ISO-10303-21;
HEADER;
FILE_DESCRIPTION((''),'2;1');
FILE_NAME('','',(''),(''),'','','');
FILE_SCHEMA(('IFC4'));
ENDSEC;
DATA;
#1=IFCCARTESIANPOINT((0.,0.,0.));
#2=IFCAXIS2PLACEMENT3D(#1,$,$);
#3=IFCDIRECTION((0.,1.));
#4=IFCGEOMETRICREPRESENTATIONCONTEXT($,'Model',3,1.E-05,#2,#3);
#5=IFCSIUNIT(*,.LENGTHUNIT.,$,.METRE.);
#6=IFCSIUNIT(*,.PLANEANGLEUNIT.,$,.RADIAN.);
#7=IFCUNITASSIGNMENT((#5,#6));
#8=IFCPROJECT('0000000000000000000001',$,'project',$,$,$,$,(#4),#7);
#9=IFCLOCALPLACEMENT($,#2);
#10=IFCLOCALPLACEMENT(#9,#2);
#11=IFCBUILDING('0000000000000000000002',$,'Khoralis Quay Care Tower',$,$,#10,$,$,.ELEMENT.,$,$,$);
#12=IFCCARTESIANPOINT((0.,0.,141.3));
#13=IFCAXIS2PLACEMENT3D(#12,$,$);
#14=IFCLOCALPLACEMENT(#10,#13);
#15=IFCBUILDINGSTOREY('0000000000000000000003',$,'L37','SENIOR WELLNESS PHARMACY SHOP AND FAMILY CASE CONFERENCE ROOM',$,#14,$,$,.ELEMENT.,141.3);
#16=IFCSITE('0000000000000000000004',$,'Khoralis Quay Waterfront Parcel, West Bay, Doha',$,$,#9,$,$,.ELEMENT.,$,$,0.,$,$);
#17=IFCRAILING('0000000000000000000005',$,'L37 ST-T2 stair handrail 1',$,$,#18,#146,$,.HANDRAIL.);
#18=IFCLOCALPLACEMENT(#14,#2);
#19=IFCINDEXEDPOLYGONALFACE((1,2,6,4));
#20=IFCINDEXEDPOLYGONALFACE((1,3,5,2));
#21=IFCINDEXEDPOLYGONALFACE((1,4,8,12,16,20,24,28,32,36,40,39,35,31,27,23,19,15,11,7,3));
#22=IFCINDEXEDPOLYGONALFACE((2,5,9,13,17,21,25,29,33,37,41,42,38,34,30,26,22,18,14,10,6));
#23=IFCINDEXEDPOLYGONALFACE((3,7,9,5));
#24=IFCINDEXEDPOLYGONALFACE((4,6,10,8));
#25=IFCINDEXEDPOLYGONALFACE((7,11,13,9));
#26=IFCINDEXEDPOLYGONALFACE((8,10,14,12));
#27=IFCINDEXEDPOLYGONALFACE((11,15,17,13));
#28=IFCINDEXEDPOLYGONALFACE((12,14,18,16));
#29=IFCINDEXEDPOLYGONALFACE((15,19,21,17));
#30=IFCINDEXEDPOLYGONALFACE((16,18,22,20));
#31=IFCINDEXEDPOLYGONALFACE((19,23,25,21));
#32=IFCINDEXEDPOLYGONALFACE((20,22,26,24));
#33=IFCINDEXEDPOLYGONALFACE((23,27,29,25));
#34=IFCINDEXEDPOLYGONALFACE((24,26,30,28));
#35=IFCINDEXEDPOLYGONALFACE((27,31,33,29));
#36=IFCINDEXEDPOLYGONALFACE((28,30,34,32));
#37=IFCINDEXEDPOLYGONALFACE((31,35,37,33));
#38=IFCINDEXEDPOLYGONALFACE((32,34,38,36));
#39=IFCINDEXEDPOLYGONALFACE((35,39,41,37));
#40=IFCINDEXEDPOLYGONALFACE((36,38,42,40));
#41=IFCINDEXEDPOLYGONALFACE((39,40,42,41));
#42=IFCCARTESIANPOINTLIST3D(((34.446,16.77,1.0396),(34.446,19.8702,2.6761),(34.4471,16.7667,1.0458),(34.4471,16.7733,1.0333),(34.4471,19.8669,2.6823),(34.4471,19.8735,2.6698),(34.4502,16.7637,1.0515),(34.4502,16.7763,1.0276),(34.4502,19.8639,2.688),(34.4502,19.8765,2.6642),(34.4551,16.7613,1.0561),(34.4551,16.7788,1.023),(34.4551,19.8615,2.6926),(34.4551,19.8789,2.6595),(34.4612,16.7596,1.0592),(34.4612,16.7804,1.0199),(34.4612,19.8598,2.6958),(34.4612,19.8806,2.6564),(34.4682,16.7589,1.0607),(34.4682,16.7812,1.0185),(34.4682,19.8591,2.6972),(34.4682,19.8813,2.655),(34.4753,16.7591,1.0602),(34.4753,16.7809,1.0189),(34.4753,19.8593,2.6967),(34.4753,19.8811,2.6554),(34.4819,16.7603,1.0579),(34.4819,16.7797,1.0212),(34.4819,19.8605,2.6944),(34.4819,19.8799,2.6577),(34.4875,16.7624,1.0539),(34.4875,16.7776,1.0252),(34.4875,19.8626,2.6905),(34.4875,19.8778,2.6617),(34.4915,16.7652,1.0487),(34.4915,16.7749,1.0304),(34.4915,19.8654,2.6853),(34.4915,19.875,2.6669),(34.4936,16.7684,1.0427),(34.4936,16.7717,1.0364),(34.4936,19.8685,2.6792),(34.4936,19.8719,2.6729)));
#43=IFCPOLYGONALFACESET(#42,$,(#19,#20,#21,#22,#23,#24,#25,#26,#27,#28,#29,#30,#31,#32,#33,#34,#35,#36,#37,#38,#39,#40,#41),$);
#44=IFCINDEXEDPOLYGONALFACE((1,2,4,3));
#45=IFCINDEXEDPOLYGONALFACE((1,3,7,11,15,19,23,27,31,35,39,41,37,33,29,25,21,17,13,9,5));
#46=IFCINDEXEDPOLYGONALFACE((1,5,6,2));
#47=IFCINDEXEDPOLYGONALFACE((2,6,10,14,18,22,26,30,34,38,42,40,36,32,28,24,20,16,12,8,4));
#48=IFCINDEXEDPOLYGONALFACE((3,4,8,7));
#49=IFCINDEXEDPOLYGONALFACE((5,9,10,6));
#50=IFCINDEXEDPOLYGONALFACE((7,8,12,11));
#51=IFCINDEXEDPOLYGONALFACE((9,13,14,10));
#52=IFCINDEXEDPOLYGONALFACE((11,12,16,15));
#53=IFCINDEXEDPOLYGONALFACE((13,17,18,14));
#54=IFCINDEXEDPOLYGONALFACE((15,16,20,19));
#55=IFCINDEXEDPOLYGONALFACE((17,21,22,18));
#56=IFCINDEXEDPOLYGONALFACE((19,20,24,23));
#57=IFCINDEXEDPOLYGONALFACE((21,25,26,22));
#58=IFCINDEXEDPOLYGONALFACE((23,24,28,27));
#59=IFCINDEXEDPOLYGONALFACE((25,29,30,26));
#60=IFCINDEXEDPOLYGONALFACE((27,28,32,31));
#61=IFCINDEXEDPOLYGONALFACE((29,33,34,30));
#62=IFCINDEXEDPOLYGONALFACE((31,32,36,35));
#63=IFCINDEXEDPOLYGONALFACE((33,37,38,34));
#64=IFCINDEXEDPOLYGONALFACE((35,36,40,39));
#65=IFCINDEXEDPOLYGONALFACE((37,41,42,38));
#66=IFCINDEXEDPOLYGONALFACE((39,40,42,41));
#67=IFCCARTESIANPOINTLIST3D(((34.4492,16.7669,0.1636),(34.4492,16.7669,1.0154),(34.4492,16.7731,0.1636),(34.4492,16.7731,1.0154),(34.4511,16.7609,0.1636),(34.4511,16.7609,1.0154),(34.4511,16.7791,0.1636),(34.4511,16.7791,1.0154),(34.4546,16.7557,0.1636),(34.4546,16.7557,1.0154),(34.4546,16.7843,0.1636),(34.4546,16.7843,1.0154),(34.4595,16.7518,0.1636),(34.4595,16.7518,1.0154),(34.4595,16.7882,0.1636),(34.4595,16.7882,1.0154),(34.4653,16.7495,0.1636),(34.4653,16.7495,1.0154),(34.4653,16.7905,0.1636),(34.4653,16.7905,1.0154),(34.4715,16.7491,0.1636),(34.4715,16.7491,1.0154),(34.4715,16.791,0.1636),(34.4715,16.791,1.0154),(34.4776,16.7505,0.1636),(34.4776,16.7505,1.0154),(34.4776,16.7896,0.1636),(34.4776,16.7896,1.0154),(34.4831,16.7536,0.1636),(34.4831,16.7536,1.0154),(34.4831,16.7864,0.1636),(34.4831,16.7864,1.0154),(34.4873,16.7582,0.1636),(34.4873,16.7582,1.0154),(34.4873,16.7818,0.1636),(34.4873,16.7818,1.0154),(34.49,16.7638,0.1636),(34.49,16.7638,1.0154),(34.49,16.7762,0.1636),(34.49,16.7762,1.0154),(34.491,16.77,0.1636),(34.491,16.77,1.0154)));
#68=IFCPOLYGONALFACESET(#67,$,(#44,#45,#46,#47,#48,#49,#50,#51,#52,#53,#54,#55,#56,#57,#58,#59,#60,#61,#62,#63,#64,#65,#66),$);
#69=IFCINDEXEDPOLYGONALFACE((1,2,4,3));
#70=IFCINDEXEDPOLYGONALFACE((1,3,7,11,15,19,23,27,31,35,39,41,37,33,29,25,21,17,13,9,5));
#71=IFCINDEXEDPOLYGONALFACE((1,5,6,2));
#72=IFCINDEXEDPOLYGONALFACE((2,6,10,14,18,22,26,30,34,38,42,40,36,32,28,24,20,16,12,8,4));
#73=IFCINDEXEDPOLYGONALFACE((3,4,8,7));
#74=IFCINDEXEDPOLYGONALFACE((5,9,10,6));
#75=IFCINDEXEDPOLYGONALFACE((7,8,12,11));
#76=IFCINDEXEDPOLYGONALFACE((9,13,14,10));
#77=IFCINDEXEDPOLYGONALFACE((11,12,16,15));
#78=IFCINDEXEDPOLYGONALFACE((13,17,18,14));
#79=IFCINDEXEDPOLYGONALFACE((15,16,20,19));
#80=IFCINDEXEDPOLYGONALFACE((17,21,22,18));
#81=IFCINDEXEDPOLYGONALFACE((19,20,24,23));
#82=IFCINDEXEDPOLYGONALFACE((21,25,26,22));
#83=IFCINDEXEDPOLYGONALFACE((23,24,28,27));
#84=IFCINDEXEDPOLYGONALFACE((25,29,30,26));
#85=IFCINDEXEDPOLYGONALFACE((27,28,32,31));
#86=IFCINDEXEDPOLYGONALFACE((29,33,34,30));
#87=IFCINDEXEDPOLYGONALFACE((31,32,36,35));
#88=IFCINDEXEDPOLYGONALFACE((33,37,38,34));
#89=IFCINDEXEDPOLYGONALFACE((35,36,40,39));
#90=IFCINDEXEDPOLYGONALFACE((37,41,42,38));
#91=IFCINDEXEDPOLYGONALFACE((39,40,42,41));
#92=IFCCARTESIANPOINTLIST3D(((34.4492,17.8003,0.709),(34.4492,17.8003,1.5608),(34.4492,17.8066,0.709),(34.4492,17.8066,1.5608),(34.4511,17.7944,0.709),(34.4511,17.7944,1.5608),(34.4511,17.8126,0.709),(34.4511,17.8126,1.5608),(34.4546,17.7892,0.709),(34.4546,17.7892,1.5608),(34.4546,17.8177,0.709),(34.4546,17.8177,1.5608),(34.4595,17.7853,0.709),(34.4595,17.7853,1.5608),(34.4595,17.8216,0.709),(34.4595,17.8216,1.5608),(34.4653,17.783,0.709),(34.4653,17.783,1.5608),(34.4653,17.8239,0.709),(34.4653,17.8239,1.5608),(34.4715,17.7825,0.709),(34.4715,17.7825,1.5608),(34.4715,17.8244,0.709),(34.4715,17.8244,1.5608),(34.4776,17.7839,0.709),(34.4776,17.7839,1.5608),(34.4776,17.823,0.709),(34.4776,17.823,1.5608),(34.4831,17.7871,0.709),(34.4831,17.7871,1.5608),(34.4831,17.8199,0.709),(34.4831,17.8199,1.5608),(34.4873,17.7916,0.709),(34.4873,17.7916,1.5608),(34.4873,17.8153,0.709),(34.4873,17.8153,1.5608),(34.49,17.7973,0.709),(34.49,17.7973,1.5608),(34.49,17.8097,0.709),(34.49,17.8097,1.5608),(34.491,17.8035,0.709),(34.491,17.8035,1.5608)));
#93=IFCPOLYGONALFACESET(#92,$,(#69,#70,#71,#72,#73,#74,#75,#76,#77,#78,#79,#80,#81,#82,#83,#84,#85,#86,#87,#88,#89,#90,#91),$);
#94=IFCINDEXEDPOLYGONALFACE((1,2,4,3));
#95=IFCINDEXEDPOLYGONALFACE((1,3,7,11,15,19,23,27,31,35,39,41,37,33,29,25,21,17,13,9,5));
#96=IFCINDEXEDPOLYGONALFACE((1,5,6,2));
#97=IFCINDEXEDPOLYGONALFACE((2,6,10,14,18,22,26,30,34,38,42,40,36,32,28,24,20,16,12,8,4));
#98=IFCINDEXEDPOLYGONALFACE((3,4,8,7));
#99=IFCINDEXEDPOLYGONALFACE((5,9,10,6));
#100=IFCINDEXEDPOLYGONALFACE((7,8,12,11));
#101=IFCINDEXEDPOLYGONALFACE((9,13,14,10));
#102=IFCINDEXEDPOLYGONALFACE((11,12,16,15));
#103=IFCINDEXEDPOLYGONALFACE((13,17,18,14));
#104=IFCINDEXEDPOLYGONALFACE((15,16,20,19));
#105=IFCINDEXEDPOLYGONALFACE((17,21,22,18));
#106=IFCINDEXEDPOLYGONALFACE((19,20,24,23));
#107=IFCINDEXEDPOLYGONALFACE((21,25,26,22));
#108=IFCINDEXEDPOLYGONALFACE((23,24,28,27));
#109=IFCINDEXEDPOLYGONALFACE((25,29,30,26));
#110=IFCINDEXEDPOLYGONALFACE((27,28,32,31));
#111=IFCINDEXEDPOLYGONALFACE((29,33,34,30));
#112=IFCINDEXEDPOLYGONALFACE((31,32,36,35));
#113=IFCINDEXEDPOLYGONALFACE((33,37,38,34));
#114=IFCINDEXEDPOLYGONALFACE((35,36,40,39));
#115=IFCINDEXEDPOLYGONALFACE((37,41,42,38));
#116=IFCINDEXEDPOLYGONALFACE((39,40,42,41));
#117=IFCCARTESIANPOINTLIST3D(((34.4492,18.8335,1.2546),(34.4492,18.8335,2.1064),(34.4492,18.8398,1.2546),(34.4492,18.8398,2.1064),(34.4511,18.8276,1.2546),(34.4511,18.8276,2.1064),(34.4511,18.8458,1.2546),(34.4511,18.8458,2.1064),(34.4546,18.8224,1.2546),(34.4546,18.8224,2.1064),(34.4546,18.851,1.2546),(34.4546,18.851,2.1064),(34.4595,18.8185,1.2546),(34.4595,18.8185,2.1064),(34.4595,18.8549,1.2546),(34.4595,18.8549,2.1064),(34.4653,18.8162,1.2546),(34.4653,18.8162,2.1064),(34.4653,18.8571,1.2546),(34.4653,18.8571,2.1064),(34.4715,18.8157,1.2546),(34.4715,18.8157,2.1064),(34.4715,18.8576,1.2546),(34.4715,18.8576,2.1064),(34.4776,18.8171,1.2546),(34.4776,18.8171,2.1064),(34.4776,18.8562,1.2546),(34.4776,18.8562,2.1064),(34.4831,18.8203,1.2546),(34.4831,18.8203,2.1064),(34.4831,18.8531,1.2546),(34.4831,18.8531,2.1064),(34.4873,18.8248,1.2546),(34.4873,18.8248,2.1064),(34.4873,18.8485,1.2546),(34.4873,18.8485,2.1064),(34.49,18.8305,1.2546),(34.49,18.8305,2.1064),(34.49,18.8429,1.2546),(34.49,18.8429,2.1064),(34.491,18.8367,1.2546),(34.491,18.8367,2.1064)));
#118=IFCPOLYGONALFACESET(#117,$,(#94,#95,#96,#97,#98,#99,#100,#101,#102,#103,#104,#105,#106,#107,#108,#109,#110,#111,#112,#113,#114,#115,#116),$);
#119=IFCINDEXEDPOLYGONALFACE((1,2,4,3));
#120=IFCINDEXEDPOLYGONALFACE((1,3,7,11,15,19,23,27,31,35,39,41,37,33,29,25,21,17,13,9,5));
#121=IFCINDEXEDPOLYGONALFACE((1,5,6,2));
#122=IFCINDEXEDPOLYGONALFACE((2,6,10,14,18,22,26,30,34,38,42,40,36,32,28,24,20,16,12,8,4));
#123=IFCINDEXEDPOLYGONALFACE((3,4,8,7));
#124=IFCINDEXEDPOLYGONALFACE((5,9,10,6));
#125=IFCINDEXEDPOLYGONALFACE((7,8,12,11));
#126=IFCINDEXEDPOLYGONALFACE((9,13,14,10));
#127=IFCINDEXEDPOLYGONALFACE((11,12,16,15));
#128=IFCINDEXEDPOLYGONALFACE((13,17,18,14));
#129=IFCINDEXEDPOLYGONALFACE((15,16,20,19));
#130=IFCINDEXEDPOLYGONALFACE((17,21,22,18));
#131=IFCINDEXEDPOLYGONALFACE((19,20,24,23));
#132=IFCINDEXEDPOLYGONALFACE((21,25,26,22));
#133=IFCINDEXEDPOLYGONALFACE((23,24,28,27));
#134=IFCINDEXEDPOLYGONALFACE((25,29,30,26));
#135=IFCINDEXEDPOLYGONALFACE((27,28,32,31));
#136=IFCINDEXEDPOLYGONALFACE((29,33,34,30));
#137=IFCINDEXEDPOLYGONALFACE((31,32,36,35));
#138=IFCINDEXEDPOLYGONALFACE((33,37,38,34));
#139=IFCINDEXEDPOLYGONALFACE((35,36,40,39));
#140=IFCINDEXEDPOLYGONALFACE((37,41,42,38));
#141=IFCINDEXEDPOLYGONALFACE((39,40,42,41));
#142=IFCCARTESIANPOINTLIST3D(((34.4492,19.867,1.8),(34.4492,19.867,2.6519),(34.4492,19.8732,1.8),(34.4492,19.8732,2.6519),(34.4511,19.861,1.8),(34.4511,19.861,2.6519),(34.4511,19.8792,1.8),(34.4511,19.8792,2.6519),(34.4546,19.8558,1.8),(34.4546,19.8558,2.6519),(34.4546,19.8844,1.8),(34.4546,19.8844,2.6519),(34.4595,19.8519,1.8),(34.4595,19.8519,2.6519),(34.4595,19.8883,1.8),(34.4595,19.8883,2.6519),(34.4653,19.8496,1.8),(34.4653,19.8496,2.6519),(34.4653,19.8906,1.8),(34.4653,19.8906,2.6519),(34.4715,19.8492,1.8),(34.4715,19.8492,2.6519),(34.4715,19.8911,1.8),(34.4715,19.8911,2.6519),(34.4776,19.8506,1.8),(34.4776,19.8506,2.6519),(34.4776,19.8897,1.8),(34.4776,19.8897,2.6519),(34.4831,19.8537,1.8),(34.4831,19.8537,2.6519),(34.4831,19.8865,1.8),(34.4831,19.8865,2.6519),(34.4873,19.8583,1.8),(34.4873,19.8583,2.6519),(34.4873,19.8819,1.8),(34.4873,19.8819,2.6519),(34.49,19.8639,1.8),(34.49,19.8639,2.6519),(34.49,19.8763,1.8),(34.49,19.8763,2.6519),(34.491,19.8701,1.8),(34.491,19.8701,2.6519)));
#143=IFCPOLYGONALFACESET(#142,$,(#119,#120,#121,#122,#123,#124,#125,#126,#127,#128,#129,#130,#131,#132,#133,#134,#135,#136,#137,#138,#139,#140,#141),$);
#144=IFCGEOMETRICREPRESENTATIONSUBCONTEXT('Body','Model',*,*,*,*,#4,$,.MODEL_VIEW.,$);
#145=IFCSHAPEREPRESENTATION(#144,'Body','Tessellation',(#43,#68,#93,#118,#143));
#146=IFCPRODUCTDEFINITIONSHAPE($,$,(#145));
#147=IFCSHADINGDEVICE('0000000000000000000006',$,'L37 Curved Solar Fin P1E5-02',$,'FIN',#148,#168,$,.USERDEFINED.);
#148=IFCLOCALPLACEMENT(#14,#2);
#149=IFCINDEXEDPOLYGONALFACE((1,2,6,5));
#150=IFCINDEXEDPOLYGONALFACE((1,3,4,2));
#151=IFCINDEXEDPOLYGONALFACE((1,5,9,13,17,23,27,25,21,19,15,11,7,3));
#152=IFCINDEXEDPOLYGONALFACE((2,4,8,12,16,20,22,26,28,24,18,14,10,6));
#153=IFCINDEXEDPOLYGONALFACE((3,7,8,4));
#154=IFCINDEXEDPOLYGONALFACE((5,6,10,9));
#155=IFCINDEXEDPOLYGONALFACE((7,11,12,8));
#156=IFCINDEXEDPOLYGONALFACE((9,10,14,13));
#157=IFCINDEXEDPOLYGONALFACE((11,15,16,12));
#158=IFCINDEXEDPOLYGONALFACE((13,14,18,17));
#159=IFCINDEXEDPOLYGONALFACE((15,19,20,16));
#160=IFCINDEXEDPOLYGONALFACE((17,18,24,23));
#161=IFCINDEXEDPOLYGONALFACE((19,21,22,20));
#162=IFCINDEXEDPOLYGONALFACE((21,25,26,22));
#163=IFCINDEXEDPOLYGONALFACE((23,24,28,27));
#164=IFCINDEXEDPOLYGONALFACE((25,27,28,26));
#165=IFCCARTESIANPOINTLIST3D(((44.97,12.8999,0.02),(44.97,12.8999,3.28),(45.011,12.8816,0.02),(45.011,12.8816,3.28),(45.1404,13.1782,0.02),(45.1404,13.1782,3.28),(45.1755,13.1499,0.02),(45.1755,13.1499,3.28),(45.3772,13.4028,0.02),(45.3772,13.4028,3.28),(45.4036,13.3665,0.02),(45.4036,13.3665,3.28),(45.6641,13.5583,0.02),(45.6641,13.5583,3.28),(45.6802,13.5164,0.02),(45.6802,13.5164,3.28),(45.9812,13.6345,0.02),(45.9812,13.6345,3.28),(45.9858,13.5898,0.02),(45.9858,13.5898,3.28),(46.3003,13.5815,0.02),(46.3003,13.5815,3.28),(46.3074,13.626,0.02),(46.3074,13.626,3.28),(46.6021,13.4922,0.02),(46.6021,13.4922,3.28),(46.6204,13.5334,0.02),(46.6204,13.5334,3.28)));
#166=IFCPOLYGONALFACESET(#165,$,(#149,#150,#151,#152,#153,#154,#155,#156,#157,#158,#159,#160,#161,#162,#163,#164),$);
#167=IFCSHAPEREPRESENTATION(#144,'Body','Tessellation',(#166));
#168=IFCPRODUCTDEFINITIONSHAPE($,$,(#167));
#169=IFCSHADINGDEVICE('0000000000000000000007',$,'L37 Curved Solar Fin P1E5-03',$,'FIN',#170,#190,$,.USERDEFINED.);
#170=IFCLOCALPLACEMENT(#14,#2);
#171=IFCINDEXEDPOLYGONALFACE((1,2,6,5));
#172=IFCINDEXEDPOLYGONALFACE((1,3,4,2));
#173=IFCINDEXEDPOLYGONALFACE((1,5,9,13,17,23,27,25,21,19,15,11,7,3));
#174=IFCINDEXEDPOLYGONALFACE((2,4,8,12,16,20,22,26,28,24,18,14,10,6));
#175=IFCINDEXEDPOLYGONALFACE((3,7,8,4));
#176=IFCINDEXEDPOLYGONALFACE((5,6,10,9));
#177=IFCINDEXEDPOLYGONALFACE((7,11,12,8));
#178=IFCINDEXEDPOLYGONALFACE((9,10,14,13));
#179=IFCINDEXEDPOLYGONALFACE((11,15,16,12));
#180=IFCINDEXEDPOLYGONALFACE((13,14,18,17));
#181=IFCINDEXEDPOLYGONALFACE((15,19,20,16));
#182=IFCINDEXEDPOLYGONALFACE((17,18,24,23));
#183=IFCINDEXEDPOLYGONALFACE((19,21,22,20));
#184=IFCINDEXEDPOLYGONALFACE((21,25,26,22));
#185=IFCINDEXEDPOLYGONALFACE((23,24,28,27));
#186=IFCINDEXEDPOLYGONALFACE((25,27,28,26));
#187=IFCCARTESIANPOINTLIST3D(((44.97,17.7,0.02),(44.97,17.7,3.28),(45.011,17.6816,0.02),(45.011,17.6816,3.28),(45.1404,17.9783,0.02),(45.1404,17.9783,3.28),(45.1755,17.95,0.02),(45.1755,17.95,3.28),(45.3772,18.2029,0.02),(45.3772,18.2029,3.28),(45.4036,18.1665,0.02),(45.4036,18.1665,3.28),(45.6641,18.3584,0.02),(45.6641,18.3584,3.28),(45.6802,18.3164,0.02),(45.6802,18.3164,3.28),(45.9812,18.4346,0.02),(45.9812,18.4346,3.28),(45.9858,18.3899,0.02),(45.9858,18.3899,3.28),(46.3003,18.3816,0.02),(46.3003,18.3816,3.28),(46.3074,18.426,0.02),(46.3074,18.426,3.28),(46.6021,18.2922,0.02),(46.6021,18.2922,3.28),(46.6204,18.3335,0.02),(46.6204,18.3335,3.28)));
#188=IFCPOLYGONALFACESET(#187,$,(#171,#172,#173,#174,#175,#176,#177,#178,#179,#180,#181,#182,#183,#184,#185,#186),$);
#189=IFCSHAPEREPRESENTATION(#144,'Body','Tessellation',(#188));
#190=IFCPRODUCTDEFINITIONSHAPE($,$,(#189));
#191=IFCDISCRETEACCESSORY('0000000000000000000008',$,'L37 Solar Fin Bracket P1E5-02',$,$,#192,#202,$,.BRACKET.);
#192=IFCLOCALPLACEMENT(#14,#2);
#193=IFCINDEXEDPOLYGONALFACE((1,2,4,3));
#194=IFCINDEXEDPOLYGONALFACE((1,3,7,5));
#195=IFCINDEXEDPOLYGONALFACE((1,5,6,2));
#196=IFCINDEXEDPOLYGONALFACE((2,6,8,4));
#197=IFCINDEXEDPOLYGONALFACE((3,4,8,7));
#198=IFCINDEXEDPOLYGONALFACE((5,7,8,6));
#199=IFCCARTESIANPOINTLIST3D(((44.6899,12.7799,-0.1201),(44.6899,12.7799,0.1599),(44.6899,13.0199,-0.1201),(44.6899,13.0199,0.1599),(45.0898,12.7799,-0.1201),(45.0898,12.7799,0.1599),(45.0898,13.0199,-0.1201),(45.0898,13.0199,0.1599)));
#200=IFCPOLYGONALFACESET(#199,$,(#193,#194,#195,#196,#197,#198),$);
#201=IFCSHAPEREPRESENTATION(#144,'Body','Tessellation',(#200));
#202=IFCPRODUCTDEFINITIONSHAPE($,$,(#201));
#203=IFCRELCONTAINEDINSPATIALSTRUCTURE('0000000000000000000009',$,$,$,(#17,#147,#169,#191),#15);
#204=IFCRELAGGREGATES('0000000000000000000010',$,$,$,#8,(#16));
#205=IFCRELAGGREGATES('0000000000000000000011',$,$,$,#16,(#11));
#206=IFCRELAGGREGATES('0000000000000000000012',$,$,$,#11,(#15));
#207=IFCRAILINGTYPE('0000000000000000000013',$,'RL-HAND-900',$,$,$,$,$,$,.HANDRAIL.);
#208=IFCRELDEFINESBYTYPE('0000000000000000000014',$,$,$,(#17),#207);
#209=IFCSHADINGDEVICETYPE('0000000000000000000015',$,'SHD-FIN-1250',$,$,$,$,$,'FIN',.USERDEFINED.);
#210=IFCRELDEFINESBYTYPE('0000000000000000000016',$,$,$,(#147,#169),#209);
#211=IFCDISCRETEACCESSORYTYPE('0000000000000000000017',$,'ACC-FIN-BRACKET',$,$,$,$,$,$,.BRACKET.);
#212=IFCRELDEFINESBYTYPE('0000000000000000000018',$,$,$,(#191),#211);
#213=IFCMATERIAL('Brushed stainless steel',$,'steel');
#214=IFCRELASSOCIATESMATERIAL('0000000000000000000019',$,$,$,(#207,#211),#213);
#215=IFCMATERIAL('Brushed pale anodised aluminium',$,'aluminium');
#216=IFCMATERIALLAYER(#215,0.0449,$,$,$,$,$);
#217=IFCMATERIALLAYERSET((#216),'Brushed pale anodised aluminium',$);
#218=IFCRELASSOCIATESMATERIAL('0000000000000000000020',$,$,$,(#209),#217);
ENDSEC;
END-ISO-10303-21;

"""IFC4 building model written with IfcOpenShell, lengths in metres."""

from ifc_helpers import new_model, si_unit, direction, frame, origin, origin_2d, place, context, subcontext, project, spatial, polyline, rectangle, circle, outline, extrude, source, transform, mapped, material, layer, layer_set, type_object, element, save


model = new_model("IFC4")

# Units and contexts
model_context = context("Model", 3, precision=1e-05, world=origin(), true_north=direction((0.0, 1.0)))
body_context = subcontext(model_context, "Body", "Model", "MODEL_VIEW")
ifc_project = project(units=[si_unit("LENGTHUNIT", "METRE"), si_unit("PLANEANGLEUNIT", "RADIAN")], contexts=[model_context])

# Site, building, storey
site_placement = place(None, origin())
site = spatial("IfcSite", under=ifc_project, at=site_placement, Name="Khoralis Quay Waterfront Parcel, West Bay, Doha", CompositionType="ELEMENT", RefElevation=0.0)
building_placement = place(site_placement, origin())
building = spatial("IfcBuilding", under=site, at=building_placement, Name="Khoralis Quay Care Tower", CompositionType="ELEMENT")
storey_placement = place(building_placement, frame((0.0, 0.0, 141.3)))
storey = spatial("IfcBuildingStorey", under=building, at=storey_placement, Name="L37", Description="SENIOR WELLNESS PHARMACY SHOP AND FAMILY CASE CONFERENCE ROOM", CompositionType="ELEMENT", Elevation=141.3)

# Shared definitions
ifc_material_1 = material(Name="Brushed stainless steel", Category="steel")

# Railing
railing_type_1 = type_object("IfcRailingType", Name="RL-HAND-900", PredefinedType="HANDRAIL", material=ifc_material_1)
railing_1_placement = place(storey_placement, frame((34.47, 16.77, 0.1636)))
element("IfcRailing", 1, at=railing_1_placement, inside=storey, type_object=railing_type_1, Name="L37 ST-T2 stair handrail 1", PredefinedType="HANDRAIL", context=body_context, shape_type="SweptSolid", body=[
    extrude(circle(Radius=0.0239, at=origin_2d()), frame((0.0, 0.0, 0.876), z_axis=(0.0, 0.884348, 0.466828), x_axis=(-1.0, 0.0, 0.0)), (0.0, 0.0, 1.0), 3.5056),
    extrude(circle(Radius=0.021, at=origin_2d()), origin(), (0.0, 0.0, 1.0), 0.8518),
    extrude(circle(Radius=0.021, at=origin_2d()), frame((0.0, 1.0334, 0.5454)), (0.0, 0.0, 1.0), 0.8518),
    extrude(circle(Radius=0.021, at=origin_2d()), frame((0.0, 2.0667, 1.0911)), (0.0, 0.0, 1.0), 0.8518),
    extrude(circle(Radius=0.021, at=origin_2d()), frame((0.0, 3.1001, 1.6365)), (0.0, 0.0, 1.0), 0.8518),
])

# Shading devices
ifc_material_2 = material(Name="Brushed pale anodised aluminium", Category="aluminium")
ifc_layer_1 = layer(ifc_material_2, 0.0449)
ifc_layer_set_1 = layer_set([ifc_layer_1], Name="Brushed pale anodised aluminium")
shading_device_type = type_object("IfcShadingDeviceType", Name="SHD-FIN-1250", ElementType="FIN", PredefinedType="USERDEFINED", material=ifc_layer_set_1)
shared_shape_1 = source(origin(), body_context, "Body", "SweptSolid", [
    extrude(outline(polyline([(0.0, 0.0), (0.1704, 0.2783), (0.4072, 0.5029), (0.6941, 0.6584), (1.0112, 0.7346), (1.3374, 0.7261), (1.6504, 0.6335), (1.6321, 0.5923), (1.3303, 0.6816), (1.0159, 0.6899), (0.7102, 0.6165), (0.4336, 0.4666), (0.2056, 0.25), (0.041, -0.0183), (0.0, 0.0)])), origin(), (0.0, 0.0, 1.0), 3.26),
])
for number, where, z_axis, x_axis, name in (
    (2, (44.97, 12.8999, 0.02), (0.0, 0.0, 1.0), (1.0, 0.0, 0.0), "L37 Curved Solar Fin P1E5-02"),
    (3, (44.97, 17.7, 0.02), (0.0, 0.0, 1.0), (1.0, 0.0, 0.0), "L37 Curved Solar Fin P1E5-03"),
):
    element("IfcShadingDevice", number, at=place(storey_placement, frame(where, z_axis=z_axis, x_axis=x_axis)), inside=storey, type_object=shading_device_type, Name=name, ObjectType="FIN", PredefinedType="USERDEFINED", context=body_context, shape_type="MappedRepresentation", body=[
        mapped(shared_shape_1, transform((0.0, 0.0, 0.0), scale=1.0)),
    ])

# Discrete accessory
discrete_accessory_type = type_object("IfcDiscreteAccessoryType", Name="ACC-FIN-BRACKET", PredefinedType="BRACKET", material=ifc_material_1)
shared_shape_2 = source(origin(), body_context, "Body", "SweptSolid", [
    extrude(rectangle(XDim=0.3999, YDim=0.24, at=origin_2d()), origin(), (0.0, 0.0, 1.0), 0.28),
])
for number, where, z_axis, x_axis, name in (
    (4, (44.8899, 12.8999, -0.1201), (0.0, 0.0, 1.0), (1.0, 0.0, 0.0), "L37 Solar Fin Bracket P1E5-02"),
):
    element("IfcDiscreteAccessory", number, at=place(storey_placement, frame(where, z_axis=z_axis, x_axis=x_axis)), inside=storey, type_object=discrete_accessory_type, Name=name, PredefinedType="BRACKET", context=body_context, shape_type="MappedRepresentation", body=[
        mapped(shared_shape_2, transform((0.0, 0.0, 0.0), scale=1.0)),
    ])

save(model, "model.ifc")
